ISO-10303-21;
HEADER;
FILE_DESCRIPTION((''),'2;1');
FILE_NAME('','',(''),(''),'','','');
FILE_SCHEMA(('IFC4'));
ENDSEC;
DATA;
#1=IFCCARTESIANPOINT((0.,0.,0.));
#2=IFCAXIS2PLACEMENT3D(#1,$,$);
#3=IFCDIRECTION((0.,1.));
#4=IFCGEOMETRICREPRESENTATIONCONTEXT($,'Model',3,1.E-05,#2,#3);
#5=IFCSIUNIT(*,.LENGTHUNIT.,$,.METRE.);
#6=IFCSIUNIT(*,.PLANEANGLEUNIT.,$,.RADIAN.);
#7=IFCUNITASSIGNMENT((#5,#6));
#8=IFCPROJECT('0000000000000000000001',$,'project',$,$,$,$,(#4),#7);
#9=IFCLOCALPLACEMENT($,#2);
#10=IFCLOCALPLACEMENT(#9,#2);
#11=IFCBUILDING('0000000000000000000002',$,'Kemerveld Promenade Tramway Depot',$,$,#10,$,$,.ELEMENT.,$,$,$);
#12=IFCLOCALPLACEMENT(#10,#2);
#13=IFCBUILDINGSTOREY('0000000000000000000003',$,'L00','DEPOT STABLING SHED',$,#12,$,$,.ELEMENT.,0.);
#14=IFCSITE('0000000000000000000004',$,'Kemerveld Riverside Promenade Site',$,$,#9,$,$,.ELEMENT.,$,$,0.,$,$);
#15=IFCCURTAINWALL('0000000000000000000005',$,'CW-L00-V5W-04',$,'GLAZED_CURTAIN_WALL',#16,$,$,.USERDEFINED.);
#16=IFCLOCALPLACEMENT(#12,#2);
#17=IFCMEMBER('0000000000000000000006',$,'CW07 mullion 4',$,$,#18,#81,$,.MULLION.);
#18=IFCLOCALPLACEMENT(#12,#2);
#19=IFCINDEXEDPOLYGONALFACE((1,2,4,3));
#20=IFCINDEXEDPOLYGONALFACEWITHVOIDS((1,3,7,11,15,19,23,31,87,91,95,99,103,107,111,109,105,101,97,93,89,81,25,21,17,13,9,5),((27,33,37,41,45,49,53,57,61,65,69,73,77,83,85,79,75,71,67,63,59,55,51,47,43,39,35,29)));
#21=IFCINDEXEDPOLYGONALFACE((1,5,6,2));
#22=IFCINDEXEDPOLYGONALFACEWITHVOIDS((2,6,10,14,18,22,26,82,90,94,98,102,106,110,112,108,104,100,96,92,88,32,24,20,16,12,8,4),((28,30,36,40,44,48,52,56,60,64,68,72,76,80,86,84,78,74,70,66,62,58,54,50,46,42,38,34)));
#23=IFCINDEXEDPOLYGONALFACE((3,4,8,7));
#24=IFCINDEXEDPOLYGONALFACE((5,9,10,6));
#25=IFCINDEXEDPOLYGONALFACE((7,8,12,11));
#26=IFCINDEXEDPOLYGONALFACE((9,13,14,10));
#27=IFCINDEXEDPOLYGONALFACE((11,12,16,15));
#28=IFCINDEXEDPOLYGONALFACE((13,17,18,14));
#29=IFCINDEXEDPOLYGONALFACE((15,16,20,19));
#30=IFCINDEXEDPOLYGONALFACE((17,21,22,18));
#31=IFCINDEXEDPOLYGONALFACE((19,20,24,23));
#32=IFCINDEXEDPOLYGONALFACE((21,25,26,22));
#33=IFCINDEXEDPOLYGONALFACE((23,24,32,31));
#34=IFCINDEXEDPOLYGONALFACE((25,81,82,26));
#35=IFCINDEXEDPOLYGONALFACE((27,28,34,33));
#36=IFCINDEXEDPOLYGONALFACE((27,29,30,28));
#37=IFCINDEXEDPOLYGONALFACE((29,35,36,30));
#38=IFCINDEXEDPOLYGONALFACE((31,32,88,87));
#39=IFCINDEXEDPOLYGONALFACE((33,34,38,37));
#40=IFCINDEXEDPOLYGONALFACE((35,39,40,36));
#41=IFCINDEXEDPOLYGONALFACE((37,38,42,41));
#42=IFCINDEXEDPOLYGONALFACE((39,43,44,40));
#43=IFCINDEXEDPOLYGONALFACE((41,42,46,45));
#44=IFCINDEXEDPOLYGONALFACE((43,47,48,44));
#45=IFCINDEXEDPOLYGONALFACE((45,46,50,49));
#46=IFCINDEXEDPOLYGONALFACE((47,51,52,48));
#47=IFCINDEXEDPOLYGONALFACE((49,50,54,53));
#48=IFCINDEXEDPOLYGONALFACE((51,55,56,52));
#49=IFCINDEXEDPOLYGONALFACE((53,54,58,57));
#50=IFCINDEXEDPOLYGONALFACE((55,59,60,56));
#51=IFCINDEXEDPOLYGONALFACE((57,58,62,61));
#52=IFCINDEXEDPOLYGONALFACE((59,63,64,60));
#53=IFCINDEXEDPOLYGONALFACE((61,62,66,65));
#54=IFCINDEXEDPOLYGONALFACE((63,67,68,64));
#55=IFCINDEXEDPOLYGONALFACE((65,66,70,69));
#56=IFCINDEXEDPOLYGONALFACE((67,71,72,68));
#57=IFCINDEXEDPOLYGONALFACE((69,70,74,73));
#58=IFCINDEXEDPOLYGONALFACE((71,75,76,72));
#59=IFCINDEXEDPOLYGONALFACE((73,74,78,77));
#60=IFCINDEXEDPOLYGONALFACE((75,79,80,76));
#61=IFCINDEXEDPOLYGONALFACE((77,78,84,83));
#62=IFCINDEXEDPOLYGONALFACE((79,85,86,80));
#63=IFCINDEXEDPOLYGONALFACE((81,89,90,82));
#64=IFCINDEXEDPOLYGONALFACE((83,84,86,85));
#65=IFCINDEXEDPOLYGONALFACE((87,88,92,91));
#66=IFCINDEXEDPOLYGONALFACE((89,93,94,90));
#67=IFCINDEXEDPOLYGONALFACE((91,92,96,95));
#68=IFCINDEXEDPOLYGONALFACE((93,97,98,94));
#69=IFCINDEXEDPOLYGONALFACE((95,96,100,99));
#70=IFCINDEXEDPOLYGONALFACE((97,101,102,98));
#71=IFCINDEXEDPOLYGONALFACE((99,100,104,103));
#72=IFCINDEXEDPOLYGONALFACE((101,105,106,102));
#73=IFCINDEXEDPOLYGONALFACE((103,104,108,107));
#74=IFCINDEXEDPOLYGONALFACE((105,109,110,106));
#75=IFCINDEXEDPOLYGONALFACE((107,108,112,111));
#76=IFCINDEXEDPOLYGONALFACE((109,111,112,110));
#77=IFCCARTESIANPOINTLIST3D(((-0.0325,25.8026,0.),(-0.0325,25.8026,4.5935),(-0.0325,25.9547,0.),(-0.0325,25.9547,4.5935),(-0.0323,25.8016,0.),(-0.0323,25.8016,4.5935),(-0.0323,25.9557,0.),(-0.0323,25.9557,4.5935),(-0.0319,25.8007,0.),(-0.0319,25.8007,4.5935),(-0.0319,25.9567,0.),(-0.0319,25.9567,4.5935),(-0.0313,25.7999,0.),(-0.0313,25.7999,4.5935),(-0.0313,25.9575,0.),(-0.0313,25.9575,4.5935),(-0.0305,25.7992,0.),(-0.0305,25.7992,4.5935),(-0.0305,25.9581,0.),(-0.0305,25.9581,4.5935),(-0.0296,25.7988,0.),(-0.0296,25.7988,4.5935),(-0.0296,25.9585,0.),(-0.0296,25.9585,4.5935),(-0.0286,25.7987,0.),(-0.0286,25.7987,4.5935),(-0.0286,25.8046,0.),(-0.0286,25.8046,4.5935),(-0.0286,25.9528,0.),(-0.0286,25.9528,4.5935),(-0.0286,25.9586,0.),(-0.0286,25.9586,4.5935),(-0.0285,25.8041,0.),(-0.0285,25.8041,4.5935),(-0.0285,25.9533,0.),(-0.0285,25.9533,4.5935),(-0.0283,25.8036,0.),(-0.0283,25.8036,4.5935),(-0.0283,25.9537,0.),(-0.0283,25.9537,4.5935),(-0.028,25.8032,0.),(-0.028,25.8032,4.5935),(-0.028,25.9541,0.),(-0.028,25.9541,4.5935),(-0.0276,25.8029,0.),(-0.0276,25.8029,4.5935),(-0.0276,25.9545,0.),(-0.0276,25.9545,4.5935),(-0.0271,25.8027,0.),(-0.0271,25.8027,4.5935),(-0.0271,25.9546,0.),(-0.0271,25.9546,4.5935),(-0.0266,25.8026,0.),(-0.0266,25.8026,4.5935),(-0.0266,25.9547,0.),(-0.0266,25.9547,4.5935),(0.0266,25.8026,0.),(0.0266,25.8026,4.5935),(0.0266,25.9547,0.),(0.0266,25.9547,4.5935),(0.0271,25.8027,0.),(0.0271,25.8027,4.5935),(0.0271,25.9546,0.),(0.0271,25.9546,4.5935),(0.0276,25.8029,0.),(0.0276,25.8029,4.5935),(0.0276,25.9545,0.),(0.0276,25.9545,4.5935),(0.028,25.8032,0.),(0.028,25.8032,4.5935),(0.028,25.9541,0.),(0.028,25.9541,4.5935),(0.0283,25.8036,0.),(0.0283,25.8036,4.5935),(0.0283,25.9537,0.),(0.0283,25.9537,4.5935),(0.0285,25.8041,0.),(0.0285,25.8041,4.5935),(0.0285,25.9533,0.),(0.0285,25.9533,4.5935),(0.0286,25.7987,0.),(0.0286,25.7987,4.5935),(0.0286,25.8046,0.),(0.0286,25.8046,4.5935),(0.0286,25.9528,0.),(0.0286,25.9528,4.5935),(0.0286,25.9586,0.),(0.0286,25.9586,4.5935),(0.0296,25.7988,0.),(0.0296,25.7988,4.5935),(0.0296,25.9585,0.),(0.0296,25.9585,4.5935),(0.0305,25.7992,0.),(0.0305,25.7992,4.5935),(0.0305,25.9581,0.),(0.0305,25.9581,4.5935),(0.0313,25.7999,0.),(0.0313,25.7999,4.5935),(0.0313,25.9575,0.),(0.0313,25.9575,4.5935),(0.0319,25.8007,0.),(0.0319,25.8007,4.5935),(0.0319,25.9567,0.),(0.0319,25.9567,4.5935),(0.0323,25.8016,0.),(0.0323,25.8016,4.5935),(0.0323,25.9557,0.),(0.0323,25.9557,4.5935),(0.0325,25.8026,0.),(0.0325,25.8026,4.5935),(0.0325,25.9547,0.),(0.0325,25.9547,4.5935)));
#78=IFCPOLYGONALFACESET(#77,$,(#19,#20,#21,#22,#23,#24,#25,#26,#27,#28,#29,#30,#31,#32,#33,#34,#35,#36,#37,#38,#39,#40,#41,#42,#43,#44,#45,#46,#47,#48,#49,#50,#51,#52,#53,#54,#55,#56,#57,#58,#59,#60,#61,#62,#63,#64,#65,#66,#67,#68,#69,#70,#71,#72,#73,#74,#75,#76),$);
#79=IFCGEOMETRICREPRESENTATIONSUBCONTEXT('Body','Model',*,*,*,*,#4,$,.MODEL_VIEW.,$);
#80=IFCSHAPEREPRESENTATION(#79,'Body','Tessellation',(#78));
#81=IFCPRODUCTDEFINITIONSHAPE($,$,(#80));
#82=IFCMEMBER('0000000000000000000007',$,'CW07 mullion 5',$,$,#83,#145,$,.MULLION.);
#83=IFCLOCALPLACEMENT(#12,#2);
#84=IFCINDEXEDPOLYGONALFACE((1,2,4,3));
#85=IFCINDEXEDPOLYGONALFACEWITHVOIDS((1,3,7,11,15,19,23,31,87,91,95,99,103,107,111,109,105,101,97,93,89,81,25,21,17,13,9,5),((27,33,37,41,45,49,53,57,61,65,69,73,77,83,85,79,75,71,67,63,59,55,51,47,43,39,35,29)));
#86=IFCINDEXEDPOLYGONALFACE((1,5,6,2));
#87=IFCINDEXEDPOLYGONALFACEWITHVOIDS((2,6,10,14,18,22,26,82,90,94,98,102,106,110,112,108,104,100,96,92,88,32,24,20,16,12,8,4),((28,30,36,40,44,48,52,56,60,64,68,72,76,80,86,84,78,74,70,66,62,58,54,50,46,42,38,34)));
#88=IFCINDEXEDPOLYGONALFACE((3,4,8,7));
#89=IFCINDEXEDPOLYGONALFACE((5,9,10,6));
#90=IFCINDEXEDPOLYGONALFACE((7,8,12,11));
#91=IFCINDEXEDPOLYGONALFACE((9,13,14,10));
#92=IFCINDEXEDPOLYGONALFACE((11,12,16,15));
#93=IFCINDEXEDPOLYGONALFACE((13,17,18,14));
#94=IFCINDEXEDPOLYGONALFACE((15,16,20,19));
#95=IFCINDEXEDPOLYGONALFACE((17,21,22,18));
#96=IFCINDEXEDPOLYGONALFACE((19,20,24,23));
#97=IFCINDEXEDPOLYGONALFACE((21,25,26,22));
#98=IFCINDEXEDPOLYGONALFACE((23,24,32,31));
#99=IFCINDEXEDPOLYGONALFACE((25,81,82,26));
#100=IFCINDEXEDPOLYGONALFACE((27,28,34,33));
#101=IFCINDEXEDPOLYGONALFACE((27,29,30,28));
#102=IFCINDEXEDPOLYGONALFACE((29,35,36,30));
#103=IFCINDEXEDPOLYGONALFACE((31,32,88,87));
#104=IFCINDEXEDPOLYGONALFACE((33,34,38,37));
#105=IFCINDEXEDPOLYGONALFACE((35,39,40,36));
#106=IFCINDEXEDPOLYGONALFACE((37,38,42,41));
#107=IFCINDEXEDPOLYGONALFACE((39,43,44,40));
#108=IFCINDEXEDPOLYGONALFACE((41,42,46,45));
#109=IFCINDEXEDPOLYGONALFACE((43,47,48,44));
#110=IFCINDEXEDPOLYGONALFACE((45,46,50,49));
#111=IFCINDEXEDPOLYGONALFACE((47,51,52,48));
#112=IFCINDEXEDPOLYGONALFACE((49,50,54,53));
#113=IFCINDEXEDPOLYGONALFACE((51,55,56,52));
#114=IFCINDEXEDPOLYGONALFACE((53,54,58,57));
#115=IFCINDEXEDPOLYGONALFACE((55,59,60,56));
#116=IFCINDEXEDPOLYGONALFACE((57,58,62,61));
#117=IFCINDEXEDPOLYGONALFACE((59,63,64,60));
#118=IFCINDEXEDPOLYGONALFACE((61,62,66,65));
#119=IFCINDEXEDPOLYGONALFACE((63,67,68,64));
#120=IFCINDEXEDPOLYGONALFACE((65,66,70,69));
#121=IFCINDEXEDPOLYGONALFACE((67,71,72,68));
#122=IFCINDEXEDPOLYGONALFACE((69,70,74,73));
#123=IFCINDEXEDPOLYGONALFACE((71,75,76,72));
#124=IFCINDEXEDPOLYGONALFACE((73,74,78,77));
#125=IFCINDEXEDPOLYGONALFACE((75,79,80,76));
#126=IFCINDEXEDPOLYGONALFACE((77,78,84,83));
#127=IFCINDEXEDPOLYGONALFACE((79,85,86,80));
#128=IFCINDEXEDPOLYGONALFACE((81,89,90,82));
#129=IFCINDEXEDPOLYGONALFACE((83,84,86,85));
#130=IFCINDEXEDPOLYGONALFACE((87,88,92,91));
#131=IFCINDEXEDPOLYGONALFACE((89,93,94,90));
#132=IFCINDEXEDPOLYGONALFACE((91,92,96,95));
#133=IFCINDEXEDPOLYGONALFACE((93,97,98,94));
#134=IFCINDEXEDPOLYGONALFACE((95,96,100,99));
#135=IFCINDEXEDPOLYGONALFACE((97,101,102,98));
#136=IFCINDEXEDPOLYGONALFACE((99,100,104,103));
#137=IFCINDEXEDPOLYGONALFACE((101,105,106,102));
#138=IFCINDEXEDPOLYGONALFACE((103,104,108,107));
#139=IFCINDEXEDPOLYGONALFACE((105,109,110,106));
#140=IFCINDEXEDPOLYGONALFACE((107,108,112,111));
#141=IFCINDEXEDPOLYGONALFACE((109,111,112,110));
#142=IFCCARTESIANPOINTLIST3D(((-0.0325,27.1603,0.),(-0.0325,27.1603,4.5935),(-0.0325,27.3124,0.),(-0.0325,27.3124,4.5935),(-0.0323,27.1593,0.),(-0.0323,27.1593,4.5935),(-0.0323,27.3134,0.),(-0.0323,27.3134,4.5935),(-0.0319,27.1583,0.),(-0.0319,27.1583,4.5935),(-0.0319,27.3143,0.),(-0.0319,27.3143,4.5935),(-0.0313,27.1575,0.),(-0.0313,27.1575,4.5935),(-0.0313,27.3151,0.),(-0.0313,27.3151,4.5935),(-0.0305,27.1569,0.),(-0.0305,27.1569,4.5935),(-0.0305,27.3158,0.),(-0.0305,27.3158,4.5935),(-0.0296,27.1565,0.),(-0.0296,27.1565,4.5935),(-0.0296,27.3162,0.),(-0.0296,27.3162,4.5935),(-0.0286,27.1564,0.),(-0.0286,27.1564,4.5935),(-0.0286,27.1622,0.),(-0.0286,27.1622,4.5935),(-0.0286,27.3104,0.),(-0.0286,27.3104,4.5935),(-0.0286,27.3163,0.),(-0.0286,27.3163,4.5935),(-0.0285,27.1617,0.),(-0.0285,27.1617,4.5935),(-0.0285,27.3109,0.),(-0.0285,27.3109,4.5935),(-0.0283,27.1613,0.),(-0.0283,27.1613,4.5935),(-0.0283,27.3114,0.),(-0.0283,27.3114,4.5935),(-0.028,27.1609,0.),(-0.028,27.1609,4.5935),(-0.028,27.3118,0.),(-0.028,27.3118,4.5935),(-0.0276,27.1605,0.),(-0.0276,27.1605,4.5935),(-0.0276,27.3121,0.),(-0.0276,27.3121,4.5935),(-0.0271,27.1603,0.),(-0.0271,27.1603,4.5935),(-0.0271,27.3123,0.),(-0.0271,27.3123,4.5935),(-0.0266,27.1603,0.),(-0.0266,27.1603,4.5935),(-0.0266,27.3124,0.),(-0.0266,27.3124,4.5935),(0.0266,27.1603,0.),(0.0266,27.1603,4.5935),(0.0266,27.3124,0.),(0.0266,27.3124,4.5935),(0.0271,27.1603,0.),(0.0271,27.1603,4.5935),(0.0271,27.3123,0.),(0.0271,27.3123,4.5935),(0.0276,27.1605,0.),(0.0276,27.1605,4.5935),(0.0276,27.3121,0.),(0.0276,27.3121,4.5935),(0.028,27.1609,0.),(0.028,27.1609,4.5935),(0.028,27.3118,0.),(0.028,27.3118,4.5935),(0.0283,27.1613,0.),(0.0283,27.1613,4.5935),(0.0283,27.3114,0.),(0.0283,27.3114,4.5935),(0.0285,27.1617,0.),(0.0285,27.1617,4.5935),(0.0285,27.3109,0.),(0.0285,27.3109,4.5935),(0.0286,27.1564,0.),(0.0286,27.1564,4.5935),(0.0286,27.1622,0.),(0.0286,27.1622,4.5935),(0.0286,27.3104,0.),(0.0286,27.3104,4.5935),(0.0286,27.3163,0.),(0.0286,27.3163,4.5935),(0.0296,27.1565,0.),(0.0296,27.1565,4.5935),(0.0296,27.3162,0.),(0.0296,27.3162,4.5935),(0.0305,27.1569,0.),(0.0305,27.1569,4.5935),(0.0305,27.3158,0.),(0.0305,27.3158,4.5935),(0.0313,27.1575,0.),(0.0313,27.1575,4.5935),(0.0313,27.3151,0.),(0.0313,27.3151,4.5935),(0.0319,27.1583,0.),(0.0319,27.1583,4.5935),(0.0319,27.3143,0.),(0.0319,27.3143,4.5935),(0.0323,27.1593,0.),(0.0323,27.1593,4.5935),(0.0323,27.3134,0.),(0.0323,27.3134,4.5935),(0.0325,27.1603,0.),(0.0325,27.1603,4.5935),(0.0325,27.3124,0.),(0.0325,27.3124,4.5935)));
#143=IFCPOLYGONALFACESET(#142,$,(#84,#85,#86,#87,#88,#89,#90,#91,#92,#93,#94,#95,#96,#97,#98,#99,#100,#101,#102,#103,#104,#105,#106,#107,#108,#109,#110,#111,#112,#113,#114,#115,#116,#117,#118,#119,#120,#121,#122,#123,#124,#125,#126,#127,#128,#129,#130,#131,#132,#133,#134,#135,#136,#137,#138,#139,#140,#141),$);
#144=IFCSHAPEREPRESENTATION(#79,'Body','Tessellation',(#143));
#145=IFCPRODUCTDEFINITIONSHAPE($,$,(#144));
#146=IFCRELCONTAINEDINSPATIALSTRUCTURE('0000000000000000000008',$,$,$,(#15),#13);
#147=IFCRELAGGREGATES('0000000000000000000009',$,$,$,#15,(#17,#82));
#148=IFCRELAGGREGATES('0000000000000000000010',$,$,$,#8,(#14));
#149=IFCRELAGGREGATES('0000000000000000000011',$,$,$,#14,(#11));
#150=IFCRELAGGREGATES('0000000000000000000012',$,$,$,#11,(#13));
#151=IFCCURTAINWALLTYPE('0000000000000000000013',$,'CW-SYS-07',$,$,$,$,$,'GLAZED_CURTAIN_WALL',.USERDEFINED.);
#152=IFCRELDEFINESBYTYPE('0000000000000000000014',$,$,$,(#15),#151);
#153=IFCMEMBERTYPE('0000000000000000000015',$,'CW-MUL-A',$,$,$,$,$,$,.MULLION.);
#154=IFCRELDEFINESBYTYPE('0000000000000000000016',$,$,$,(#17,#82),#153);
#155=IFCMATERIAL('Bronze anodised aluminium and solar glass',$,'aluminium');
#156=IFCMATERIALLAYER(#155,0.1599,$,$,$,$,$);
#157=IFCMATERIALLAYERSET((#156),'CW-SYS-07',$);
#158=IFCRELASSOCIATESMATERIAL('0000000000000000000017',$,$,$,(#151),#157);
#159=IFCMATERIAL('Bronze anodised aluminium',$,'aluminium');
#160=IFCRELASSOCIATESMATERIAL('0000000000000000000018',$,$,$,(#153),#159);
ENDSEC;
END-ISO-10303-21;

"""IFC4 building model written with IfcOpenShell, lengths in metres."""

from ifc_helpers import new_model, si_unit, direction, frame, origin, origin_2d, place, context, subcontext, project, spatial, hollow_rectangle, extrude, material, layer, layer_set, material_profile, profile_set, type_object, element, aggregate, save


model = new_model("IFC4")

# Units and contexts
model_context = context("Model", 3, precision=1e-05, world=origin(), true_north=direction((0.0, 1.0)))
body_context = subcontext(model_context, "Body", "Model", "MODEL_VIEW")
ifc_project = project(units=[si_unit("LENGTHUNIT", "METRE"), si_unit("PLANEANGLEUNIT", "RADIAN")], contexts=[model_context])

# Site, building, storey
site_placement = place(None, origin())
site = spatial("IfcSite", under=ifc_project, at=site_placement, Name="Kemerveld Riverside Promenade Site", CompositionType="ELEMENT", RefElevation=0.0)
building_placement = place(site_placement, origin())
building = spatial("IfcBuilding", under=site, at=building_placement, Name="Kemerveld Promenade Tramway Depot", CompositionType="ELEMENT")
storey_placement = place(building_placement, origin())
storey = spatial("IfcBuildingStorey", under=building, at=storey_placement, Name="L00", Description="DEPOT STABLING SHED", CompositionType="ELEMENT", Elevation=0.0)

# Curtain wall, members
ifc_material_1 = material(Name="Bronze anodised aluminium and solar glass", Category="aluminium")
ifc_layer_1 = layer(ifc_material_1, 0.1599)
ifc_layer_set_1 = layer_set([ifc_layer_1], Name="CW-SYS-07")
curtain_wall_type = type_object("IfcCurtainWallType", Name="CW-SYS-07", ElementType="GLAZED_CURTAIN_WALL", PredefinedType="USERDEFINED", material=ifc_layer_set_1)
curtain_wall_placement = place(storey_placement, origin())
curtain_wall = element("IfcCurtainWall", 1, at=curtain_wall_placement, inside=storey, type_object=curtain_wall_type, Name="CW-L00-V5W-04", ObjectType="GLAZED_CURTAIN_WALL", PredefinedType="USERDEFINED")
ifc_material_2 = material(Name="Bronze anodised aluminium", Category="aluminium")
ifc_material_profile_1 = material_profile(ifc_material_2, hollow_rectangle(XDim=0.0649, YDim=0.1599, WallThickness=0.0039, InnerFilletRadius=0.002, OuterFilletRadius=0.0039, at=origin_2d()), Name="CW-MUL-160x65")
ifc_profile_set_1 = profile_set([ifc_material_profile_1], Name="Bronze anodised aluminium")
member_type_1 = type_object("IfcMemberType", Name="CW-MUL-A", PredefinedType="MULLION", material=ifc_profile_set_1)
member_1_placement = place(storey_placement, frame((0.0, 25.8787, 0.0), z_axis=(0.0, 0.0, 1.0), x_axis=(-1.0, 0.0, 0.0)))
member_1 = element("IfcMember", 2, at=member_1_placement, type_object=member_type_1, Name="CW07 mullion 4", PredefinedType="MULLION", context=body_context, shape_type="SweptSolid", body=[
    extrude(hollow_rectangle(XDim=0.0649, YDim=0.1599, WallThickness=0.0039, InnerFilletRadius=0.002, OuterFilletRadius=0.0039, at=origin_2d()), origin(), (0.0, 0.0, 1.0), 4.5935),
])
member_2_placement = place(storey_placement, frame((0.0, 27.2363, 0.0), z_axis=(0.0, 0.0, 1.0), x_axis=(-1.0, 0.0, 0.0)))
member_2 = element("IfcMember", 3, at=member_2_placement, type_object=member_type_1, Name="CW07 mullion 5", PredefinedType="MULLION", context=body_context, shape_type="SweptSolid", body=[
    extrude(hollow_rectangle(XDim=0.0649, YDim=0.1599, WallThickness=0.0039, InnerFilletRadius=0.002, OuterFilletRadius=0.0039, at=origin_2d()), origin(), (0.0, 0.0, 1.0), 4.5935),
])
aggregate(curtain_wall, [member_1, member_2])

save(model, "model.ifc")
